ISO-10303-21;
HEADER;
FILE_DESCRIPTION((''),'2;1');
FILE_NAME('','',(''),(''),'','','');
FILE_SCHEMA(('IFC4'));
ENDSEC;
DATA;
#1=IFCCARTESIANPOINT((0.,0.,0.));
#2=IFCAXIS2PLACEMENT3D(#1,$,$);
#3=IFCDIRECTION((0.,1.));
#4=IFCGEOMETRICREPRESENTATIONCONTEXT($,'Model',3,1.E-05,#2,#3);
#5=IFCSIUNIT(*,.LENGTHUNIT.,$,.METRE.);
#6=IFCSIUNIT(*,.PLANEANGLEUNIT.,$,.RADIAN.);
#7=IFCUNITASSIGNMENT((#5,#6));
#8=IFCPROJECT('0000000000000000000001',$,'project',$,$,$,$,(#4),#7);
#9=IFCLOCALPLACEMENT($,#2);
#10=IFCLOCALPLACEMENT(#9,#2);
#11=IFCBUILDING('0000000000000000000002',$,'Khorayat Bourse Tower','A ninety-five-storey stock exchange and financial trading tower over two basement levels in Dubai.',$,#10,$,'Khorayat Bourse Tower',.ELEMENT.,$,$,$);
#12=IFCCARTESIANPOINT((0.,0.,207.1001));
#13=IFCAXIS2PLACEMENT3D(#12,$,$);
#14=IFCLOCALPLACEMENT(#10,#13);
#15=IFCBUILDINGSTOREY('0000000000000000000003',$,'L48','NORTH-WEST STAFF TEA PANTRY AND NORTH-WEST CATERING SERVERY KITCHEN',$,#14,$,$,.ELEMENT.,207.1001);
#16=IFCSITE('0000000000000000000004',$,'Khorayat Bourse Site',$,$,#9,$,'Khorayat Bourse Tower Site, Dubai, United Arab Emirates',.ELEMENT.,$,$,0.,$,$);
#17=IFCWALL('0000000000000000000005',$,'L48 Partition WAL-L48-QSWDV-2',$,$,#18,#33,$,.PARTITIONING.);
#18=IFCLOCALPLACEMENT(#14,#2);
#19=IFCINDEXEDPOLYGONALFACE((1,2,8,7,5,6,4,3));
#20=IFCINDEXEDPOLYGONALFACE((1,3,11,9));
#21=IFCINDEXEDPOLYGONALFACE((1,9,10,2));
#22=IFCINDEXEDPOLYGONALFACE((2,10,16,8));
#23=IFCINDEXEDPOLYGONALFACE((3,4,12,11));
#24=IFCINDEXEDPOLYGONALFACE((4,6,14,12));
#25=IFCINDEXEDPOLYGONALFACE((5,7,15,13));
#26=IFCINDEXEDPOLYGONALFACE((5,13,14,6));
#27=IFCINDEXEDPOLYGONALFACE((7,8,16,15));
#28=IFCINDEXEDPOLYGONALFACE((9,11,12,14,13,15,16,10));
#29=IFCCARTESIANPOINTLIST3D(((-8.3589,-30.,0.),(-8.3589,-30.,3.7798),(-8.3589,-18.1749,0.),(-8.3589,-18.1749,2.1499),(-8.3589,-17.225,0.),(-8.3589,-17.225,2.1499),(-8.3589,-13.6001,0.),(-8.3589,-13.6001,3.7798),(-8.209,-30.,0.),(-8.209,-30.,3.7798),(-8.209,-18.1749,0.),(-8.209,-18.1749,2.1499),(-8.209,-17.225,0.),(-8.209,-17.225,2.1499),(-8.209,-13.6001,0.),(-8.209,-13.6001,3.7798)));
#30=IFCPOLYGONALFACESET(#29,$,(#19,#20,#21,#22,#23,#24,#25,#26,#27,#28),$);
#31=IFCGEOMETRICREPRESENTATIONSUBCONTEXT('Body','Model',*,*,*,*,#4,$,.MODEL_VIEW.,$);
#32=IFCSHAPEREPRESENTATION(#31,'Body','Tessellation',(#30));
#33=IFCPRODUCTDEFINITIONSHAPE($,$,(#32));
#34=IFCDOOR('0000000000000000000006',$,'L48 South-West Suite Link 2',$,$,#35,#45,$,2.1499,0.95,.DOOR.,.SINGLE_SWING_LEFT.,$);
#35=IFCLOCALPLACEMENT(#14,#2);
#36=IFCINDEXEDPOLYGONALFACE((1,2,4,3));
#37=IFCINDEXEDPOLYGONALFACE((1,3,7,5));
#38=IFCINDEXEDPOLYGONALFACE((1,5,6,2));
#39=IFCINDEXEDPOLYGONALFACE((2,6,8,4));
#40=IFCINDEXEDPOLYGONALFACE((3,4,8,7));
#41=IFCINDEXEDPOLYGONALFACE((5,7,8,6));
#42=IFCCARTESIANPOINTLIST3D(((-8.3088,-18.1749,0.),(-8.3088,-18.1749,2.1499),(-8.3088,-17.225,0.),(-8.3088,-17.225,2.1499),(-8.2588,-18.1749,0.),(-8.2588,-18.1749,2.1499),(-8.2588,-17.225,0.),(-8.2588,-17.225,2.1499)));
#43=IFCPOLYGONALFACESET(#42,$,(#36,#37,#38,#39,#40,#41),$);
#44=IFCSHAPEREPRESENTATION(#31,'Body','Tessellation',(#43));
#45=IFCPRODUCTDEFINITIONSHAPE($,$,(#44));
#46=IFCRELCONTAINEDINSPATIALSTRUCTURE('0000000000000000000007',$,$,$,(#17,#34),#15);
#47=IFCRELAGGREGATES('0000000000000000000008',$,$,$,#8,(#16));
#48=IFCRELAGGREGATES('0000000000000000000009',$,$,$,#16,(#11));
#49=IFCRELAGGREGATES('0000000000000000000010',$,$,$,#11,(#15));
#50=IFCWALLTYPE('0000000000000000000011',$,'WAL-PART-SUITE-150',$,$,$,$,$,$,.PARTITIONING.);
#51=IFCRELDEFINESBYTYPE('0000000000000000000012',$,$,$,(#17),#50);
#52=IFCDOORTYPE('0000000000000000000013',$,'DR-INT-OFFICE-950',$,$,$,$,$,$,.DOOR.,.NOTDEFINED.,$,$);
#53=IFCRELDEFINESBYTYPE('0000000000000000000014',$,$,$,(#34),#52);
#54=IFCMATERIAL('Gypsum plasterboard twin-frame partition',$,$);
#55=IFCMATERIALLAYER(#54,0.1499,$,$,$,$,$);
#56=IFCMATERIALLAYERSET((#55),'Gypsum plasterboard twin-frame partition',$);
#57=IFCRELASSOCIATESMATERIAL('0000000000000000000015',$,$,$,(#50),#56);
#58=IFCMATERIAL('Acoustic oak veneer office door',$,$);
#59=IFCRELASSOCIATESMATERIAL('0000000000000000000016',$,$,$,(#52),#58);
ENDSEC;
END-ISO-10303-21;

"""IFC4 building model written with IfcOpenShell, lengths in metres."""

from ifc_helpers import new_model, si_unit, direction, frame, frame_2d, origin, place, context, subcontext, project, spatial, rectangle, extrude, source, transform, mapped, material, layer, layer_set, type_object, element, fill, save


model = new_model("IFC4")

# Units and contexts
model_context = context("Model", 3, precision=1e-05, world=origin(), true_north=direction((0.0, 1.0)))
body_context = subcontext(model_context, "Body", "Model", "MODEL_VIEW")
ifc_project = project(units=[si_unit("LENGTHUNIT", "METRE"), si_unit("PLANEANGLEUNIT", "RADIAN")], contexts=[model_context])

# Site, building, storey
site_placement = place(None, origin())
site = spatial("IfcSite", under=ifc_project, at=site_placement, Name="Khorayat Bourse Site", LongName="Khorayat Bourse Tower Site, Dubai, United Arab Emirates", CompositionType="ELEMENT", RefElevation=0.0)
building_placement = place(site_placement, origin())
building = spatial("IfcBuilding", under=site, at=building_placement, Name="Khorayat Bourse Tower", Description="A ninety-five-storey stock exchange and financial trading tower over two basement levels in Dubai.", LongName="Khorayat Bourse Tower", CompositionType="ELEMENT")
storey_placement = place(building_placement, frame((0.0, 0.0, 207.1001)))
storey = spatial("IfcBuildingStorey", under=building, at=storey_placement, Name="L48", Description="NORTH-WEST STAFF TEA PANTRY AND NORTH-WEST CATERING SERVERY KITCHEN", CompositionType="ELEMENT", Elevation=207.1001)

# Wall, opening, door
ifc_material_1 = material(Name="Gypsum plasterboard twin-frame partition")
ifc_layer_1 = layer(ifc_material_1, 0.1499)
ifc_layer_set_1 = layer_set([ifc_layer_1], Name="Gypsum plasterboard twin-frame partition")
wall_type_1 = type_object("IfcWallType", Name="WAL-PART-SUITE-150", PredefinedType="PARTITIONING", material=ifc_layer_set_1)
shared_shape_1 = source(origin(), body_context, "Body", "SweptSolid", [
    extrude(rectangle(XDim=16.3999, YDim=0.1499, at=frame_2d((8.2, 0.0))), origin(), (0.0, 0.0, 1.0), 3.7798),
])
wall_1_placement = place(storey_placement, frame((-8.2839, -30.0, 0.0), z_axis=(0.0, 0.0, 1.0), x_axis=(0.0, 1.0, 0.0)))
wall_1 = element("IfcWall", 1, at=wall_1_placement, inside=storey, type_object=wall_type_1, Name="L48 Partition WAL-L48-QSWDV-2", PredefinedType="PARTITIONING", context=body_context, shape_type="MappedRepresentation", body=[
    mapped(shared_shape_1, transform((0.0, 0.0, 0.0), scale=1.0)),
])
shared_shape_2 = source(origin(), body_context, "Body", "SweptSolid", [
    extrude(rectangle(XDim=0.95, YDim=2.1499, at=frame_2d((0.4751, 1.075))), frame((0.0, 0.085, 0.0), z_axis=(0.0, -1.0, 0.0), x_axis=(1.0, 0.0, 0.0)), (0.0, 0.0, 1.0), 0.1699),
])
opening_1_placement = place(wall_1_placement, frame((11.825, 0.0, 0.0)))
opening_1 = element("IfcOpeningElement", 2, at=opening_1_placement, cuts=wall_1, PredefinedType="OPENING", context=body_context, shape_type="MappedRepresentation", body=[
    mapped(shared_shape_2, transform((0.0, 0.0, 0.0), scale=1.0)),
])
ifc_material_2 = material(Name="Acoustic oak veneer office door")
door_type_1 = type_object("IfcDoorType", Name="DR-INT-OFFICE-950", OperationType="NOTDEFINED", PredefinedType="DOOR", material=ifc_material_2)
shared_shape_3 = source(origin(), body_context, "Body", "SweptSolid", [
    extrude(rectangle(XDim=0.95, YDim=2.1499, at=frame_2d((0.4751, 1.075))), frame((0.0, 0.0249, 0.0), z_axis=(0.0, -1.0, 0.0), x_axis=(1.0, 0.0, 0.0)), (0.0, 0.0, 1.0), 0.05),
])
door_1_placement = place(opening_1_placement, origin())
door_1 = element("IfcDoor", 3, at=door_1_placement, inside=storey, type_object=door_type_1, Name="L48 South-West Suite Link 2", OperationType="SINGLE_SWING_LEFT", OverallHeight=2.1499, OverallWidth=0.95, PredefinedType="DOOR", context=body_context, shape_type="MappedRepresentation", body=[
    mapped(shared_shape_3, transform((0.0, 0.0, 0.0), scale=1.0)),
])
fill(opening_1, door_1)

save(model, "model.ifc")
